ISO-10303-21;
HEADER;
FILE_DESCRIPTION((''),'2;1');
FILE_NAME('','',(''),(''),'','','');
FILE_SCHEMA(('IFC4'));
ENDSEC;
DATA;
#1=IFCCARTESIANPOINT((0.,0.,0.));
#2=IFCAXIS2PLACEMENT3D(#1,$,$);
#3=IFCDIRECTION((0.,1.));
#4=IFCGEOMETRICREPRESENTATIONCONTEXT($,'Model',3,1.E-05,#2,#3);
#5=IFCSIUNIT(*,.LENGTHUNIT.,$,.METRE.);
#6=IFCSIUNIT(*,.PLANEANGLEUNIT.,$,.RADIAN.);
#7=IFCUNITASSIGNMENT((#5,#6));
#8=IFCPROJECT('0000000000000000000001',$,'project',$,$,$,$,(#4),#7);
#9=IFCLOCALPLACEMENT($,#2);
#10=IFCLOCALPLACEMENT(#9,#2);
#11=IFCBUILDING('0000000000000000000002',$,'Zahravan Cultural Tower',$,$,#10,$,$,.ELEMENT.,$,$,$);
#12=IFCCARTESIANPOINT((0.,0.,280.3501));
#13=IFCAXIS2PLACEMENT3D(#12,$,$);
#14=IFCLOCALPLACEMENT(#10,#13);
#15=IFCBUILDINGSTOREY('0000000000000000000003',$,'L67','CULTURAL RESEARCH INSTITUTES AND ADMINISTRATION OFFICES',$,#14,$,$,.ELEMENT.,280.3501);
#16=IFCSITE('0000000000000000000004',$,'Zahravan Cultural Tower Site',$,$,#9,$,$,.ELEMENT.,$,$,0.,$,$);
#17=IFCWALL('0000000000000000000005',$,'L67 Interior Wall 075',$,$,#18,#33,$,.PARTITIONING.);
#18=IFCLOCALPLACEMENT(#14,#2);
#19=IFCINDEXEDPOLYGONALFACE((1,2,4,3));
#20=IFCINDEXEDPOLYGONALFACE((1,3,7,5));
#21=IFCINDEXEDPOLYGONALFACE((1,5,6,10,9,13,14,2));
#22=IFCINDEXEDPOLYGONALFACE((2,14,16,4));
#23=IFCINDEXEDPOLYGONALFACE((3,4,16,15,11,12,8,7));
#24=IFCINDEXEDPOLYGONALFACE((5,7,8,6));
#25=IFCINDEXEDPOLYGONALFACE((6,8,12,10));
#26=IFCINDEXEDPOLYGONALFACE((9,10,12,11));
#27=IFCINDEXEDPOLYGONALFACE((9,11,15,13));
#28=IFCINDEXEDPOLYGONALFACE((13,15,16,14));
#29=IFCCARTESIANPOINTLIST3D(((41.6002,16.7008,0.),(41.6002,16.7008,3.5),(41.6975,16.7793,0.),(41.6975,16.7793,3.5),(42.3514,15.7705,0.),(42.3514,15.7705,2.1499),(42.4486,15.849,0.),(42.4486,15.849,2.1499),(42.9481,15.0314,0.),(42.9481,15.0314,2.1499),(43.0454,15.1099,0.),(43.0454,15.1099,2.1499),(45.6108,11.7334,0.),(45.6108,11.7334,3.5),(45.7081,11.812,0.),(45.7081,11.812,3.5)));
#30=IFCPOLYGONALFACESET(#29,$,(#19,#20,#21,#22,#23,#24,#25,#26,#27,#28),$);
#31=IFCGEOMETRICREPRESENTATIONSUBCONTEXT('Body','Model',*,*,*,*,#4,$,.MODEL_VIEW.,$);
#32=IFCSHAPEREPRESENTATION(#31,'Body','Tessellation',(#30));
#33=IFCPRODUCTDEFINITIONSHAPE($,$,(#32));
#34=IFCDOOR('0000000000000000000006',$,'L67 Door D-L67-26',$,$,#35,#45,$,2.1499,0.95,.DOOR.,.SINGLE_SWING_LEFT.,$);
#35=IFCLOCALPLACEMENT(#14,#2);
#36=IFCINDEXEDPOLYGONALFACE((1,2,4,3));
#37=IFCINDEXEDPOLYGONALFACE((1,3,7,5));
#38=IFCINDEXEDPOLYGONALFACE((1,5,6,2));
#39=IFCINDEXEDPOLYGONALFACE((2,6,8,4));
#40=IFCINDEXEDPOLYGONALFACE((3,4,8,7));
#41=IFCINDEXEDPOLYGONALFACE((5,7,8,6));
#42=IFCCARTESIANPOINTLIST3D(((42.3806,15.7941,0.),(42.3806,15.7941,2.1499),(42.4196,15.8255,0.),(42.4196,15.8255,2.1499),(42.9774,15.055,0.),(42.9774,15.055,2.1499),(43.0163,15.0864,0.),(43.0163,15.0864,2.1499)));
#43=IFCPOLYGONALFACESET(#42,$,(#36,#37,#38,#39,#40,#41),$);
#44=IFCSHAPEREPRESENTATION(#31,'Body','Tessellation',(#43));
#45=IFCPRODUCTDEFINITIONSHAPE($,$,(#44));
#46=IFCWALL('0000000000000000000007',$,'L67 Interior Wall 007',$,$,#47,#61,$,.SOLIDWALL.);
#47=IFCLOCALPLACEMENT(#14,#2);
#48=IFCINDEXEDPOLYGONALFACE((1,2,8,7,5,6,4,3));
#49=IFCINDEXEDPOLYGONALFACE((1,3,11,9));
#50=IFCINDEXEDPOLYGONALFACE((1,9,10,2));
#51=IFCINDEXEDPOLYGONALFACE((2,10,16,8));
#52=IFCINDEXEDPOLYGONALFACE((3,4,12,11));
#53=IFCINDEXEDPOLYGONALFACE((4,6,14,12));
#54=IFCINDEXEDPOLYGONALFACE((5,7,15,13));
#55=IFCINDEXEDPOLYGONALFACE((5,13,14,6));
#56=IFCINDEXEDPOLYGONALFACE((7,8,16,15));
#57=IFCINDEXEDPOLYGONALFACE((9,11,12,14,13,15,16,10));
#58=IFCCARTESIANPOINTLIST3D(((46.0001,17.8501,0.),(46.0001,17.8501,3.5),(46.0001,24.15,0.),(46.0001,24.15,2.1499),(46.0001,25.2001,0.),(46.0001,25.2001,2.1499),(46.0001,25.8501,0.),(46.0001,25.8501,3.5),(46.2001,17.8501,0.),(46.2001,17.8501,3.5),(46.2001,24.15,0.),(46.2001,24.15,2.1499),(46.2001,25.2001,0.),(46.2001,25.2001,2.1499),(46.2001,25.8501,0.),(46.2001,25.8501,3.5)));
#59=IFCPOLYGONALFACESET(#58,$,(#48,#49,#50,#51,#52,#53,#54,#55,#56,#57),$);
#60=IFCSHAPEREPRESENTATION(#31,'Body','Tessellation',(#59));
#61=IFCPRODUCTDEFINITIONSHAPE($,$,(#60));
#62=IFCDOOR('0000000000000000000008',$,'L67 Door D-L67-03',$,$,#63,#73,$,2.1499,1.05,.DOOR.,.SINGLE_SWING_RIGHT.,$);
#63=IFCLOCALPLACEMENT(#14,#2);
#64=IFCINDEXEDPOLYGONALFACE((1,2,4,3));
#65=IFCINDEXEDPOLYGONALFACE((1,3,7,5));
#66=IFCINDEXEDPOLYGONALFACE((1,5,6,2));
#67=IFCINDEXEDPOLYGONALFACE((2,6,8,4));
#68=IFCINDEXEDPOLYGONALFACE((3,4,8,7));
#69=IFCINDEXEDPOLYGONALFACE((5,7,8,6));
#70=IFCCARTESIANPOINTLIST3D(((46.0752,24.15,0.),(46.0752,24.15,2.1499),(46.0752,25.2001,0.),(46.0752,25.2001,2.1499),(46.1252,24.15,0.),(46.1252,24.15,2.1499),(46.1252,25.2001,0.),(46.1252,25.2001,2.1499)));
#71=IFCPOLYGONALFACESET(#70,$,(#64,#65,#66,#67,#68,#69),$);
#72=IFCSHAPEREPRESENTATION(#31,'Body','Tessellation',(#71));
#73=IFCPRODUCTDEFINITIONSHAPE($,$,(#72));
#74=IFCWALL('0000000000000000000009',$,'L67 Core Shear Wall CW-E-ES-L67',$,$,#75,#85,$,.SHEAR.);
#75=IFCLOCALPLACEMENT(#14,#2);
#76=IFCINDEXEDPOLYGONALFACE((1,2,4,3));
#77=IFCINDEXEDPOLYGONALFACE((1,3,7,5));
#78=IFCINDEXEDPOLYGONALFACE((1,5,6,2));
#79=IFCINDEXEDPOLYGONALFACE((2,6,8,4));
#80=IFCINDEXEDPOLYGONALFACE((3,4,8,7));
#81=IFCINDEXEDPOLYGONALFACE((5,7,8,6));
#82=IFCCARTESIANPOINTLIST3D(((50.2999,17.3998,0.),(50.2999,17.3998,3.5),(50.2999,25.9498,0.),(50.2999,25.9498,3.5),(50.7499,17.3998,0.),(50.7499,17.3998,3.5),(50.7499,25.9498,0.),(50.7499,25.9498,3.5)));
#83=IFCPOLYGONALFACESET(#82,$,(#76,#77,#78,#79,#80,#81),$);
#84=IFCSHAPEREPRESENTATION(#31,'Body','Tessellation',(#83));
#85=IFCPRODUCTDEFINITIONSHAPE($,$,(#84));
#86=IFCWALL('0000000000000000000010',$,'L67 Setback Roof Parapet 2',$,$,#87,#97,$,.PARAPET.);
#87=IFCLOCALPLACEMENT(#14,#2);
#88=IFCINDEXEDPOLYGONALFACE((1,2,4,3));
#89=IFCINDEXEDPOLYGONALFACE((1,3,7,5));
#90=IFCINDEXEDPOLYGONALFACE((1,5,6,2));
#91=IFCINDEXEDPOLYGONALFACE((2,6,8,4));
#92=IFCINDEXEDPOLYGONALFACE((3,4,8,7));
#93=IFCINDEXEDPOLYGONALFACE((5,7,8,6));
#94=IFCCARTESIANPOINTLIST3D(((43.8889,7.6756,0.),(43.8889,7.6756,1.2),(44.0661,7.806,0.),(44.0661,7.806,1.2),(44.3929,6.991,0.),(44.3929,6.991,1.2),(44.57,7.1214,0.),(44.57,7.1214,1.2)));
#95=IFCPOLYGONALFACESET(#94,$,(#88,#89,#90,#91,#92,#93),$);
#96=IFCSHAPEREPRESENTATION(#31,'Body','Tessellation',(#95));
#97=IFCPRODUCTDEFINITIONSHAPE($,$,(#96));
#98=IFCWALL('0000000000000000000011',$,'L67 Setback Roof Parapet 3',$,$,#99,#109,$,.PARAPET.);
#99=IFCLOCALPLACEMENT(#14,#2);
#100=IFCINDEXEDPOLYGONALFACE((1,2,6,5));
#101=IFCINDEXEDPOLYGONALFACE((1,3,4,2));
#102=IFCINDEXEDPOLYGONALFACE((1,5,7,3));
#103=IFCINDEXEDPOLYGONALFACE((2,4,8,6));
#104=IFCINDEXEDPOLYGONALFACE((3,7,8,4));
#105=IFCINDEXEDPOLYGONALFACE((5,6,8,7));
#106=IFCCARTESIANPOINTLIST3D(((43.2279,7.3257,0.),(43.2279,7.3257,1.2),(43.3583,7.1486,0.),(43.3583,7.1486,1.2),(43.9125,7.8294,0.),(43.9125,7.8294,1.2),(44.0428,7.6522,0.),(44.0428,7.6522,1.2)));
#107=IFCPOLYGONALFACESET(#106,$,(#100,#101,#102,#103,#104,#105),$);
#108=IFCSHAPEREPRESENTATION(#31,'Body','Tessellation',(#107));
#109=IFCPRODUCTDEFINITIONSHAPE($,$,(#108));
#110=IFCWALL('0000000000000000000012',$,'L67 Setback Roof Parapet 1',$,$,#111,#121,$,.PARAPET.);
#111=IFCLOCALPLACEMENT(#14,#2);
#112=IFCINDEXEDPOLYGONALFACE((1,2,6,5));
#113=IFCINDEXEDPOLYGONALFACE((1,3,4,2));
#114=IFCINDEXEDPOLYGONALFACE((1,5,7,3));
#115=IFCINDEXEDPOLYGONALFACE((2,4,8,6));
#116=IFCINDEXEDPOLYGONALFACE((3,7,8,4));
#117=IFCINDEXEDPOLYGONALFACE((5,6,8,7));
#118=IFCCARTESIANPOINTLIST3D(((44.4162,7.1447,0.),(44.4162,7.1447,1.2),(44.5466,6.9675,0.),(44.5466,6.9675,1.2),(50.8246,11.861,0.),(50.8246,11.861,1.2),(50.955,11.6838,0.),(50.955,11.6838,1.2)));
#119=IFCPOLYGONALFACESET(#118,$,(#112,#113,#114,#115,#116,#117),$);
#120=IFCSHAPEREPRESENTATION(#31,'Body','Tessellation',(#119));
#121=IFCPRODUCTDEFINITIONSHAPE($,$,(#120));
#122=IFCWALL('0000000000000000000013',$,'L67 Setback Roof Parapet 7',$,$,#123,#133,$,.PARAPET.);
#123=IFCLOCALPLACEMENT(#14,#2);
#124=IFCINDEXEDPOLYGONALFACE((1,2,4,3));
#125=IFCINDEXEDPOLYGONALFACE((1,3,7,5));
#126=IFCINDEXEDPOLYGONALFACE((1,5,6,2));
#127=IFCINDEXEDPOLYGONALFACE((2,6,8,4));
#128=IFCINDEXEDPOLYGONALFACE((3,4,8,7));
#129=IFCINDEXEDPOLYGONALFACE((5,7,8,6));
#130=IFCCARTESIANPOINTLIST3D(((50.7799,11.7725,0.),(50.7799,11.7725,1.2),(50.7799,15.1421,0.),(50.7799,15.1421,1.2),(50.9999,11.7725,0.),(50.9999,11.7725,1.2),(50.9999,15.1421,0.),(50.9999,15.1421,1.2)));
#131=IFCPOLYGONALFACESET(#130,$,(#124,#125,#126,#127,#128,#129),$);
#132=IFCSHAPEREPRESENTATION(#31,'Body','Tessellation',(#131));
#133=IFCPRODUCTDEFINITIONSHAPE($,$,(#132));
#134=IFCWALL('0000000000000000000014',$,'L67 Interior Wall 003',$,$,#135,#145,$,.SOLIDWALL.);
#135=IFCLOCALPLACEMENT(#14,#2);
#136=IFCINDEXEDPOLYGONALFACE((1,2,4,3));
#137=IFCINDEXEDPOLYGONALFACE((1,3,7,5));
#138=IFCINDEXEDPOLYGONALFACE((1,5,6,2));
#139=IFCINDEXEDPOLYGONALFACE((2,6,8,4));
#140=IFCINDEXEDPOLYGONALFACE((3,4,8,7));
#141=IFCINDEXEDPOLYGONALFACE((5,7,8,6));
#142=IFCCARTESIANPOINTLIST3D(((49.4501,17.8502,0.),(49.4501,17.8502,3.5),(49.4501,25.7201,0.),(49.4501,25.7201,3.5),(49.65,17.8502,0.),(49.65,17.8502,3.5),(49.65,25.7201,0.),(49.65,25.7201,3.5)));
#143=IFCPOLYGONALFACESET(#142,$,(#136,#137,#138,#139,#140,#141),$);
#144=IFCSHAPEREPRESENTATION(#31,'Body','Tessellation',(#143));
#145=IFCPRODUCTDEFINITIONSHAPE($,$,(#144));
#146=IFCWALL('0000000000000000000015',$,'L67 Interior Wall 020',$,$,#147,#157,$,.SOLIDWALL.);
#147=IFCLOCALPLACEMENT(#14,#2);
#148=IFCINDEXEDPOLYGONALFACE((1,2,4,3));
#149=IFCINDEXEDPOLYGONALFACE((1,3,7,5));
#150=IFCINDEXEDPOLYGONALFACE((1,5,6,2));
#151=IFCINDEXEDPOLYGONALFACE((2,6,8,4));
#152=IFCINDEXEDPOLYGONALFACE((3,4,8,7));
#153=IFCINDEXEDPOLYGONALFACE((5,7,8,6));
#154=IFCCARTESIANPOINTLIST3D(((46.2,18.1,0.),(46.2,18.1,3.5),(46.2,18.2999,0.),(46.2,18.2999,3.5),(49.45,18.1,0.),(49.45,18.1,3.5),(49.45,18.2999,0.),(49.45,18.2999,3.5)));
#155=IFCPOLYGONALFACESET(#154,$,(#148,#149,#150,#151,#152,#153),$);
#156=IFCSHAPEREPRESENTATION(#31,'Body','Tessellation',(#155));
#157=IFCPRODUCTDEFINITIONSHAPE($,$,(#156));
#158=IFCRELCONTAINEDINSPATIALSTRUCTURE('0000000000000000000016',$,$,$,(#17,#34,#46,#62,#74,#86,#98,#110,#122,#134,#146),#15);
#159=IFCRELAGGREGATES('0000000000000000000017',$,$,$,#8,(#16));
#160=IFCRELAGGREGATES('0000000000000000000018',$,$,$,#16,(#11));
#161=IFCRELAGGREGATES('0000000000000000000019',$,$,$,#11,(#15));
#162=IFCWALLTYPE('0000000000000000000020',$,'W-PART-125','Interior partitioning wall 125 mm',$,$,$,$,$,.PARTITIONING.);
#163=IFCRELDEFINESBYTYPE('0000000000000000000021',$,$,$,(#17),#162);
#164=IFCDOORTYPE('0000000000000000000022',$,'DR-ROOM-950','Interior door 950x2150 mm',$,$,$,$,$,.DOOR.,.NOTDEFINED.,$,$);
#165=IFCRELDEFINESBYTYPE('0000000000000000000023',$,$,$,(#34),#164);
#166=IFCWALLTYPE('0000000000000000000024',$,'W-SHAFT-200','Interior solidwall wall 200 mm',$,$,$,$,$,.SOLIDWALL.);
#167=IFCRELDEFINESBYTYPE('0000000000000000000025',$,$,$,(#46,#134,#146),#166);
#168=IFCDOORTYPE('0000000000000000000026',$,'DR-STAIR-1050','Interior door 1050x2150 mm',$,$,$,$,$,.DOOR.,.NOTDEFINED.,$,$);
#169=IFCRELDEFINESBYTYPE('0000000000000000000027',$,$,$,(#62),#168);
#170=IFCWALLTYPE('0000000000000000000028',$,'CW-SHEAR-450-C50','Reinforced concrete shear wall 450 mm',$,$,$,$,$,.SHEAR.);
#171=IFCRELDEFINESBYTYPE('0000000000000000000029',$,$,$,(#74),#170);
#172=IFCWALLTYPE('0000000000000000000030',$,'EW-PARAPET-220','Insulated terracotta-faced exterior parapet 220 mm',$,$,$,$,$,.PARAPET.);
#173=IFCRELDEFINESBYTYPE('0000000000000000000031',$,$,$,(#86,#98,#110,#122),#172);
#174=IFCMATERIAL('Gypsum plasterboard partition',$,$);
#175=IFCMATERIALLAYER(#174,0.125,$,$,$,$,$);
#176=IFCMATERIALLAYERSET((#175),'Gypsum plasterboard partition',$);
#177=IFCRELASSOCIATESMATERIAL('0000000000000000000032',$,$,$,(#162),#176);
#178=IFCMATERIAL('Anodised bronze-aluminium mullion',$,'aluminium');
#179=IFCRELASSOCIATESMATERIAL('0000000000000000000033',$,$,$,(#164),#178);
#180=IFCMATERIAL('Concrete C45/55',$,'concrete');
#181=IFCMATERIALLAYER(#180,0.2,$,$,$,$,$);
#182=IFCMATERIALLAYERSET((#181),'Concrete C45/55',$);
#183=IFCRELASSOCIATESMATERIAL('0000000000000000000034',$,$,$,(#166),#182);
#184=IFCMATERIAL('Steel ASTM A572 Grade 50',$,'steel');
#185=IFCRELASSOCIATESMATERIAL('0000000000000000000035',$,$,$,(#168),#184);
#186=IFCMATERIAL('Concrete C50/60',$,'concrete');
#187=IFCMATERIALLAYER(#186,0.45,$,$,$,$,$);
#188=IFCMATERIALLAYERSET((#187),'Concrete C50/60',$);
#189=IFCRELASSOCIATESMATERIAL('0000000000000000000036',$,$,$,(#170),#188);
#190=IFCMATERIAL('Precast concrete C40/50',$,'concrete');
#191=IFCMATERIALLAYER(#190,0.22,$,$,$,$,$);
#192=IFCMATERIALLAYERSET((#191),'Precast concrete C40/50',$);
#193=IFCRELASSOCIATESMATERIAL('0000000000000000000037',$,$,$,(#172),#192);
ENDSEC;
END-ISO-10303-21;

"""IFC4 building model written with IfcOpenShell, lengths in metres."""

from ifc_helpers import new_model, si_unit, direction, frame, frame_2d, origin, place, context, subcontext, project, spatial, rectangle, extrude, source, transform, mapped, material, layer, layer_set, type_object, element, fill, save


model = new_model("IFC4")

# Units and contexts
model_context = context("Model", 3, precision=1e-05, world=origin(), true_north=direction((0.0, 1.0)))
body_context = subcontext(model_context, "Body", "Model", "MODEL_VIEW")
ifc_project = project(units=[si_unit("LENGTHUNIT", "METRE"), si_unit("PLANEANGLEUNIT", "RADIAN")], contexts=[model_context])

# Site, building, storey
site_placement = place(None, origin())
site = spatial("IfcSite", under=ifc_project, at=site_placement, Name="Zahravan Cultural Tower Site", CompositionType="ELEMENT", RefElevation=0.0)
building_placement = place(site_placement, origin())
building = spatial("IfcBuilding", under=site, at=building_placement, Name="Zahravan Cultural Tower", CompositionType="ELEMENT")
storey_placement = place(building_placement, frame((0.0, 0.0, 280.3501)))
storey = spatial("IfcBuildingStorey", under=building, at=storey_placement, Name="L67", Description="CULTURAL RESEARCH INSTITUTES AND ADMINISTRATION OFFICES", CompositionType="ELEMENT", Elevation=280.3501)

# Shared definitions
ifc_material_1 = material(Name="Concrete C50/60", Category="concrete")

# Shared definitions
ifc_material_2 = material(Name="Precast concrete C40/50", Category="concrete")

# Walls, openings, doors
ifc_material_3 = material(Name="Gypsum plasterboard partition")
ifc_layer_1 = layer(ifc_material_3, 0.125)
ifc_layer_set_1 = layer_set([ifc_layer_1], Name="Gypsum plasterboard partition")
wall_type_1 = type_object("IfcWallType", Name="W-PART-125", Description="Interior partitioning wall 125 mm", PredefinedType="PARTITIONING", material=ifc_layer_set_1)
wall_1_placement = place(storey_placement, frame((45.6594, 11.7727, 0.0), z_axis=(0.0, 0.0, 1.0), x_axis=(-0.628191, 0.778059, 0.0)))
wall_1 = element("IfcWall", 1, at=wall_1_placement, inside=storey, type_object=wall_type_1, Name="L67 Interior Wall 075", PredefinedType="PARTITIONING", context=body_context, shape_type="SweptSolid", body=[
    extrude(rectangle(XDim=6.3843, YDim=0.125, at=frame_2d((3.1921, 0.0))), origin(), (0.0, 0.0, 1.0), 3.5),
])
opening_1_placement = place(wall_1_placement, frame((4.2385, 0.0, 0.0)))
opening_1 = element("IfcOpeningElement", 2, at=opening_1_placement, cuts=wall_1, PredefinedType="OPENING", context=body_context, shape_type="SweptSolid", body=[
    extrude(rectangle(XDim=0.95, YDim=2.1499, at=frame_2d((0.4751, 1.075))), frame((0.0, 0.0725, 0.0), z_axis=(0.0, -1.0, 0.0), x_axis=(1.0, 0.0, 0.0)), (0.0, 0.0, 1.0), 0.145),
])
ifc_material_4 = material(Name="Anodised bronze-aluminium mullion", Category="aluminium")
door_type_1 = type_object("IfcDoorType", Name="DR-ROOM-950", Description="Interior door 950x2150 mm", OperationType="NOTDEFINED", PredefinedType="DOOR", material=ifc_material_4)
shared_shape_1 = source(origin(), body_context, "Body", "SweptSolid", [
    extrude(rectangle(XDim=0.95, YDim=2.1499, at=frame_2d((0.4751, 1.075))), frame((0.0, 0.0249, 0.0), z_axis=(0.0, -1.0, 0.0), x_axis=(1.0, 0.0, 0.0)), (0.0, 0.0, 1.0), 0.05),
])
door_1_placement = place(opening_1_placement, origin())
door_1 = element("IfcDoor", 3, at=door_1_placement, inside=storey, type_object=door_type_1, Name="L67 Door D-L67-26", OperationType="SINGLE_SWING_LEFT", OverallHeight=2.1499, OverallWidth=0.95, PredefinedType="DOOR", context=body_context, shape_type="MappedRepresentation", body=[
    mapped(shared_shape_1, transform((0.0, 0.0, 0.0), x_axis=(1.0, 0.0, 0.0), y_axis=(0.0, 1.0, 0.0), z_axis=(0.0, 0.0, 1.0), scale=1.0)),
])
fill(opening_1, door_1)
ifc_material_5 = material(Name="Concrete C45/55", Category="concrete")
ifc_layer_2 = layer(ifc_material_5, 0.2)
ifc_layer_set_2 = layer_set([ifc_layer_2], Name="Concrete C45/55")
wall_type_2 = type_object("IfcWallType", Name="W-SHAFT-200", Description="Interior solidwall wall 200 mm", PredefinedType="SOLIDWALL", material=ifc_layer_set_2)
wall_2_placement = place(storey_placement, frame((46.1001, 17.8501, 0.0), z_axis=(0.0, 0.0, 1.0), x_axis=(0.0, 1.0, 0.0)))
wall_2 = element("IfcWall", 4, at=wall_2_placement, inside=storey, type_object=wall_type_2, Name="L67 Interior Wall 007", PredefinedType="SOLIDWALL", context=body_context, shape_type="SweptSolid", body=[
    extrude(rectangle(XDim=8.0, YDim=0.2, at=frame_2d((4.0, 0.0))), origin(), (0.0, 0.0, 1.0), 3.5),
])
opening_2_placement = place(wall_2_placement, frame((6.3, 0.0, 0.0)))
opening_2 = element("IfcOpeningElement", 5, at=opening_2_placement, cuts=wall_2, PredefinedType="OPENING", context=body_context, shape_type="SweptSolid", body=[
    extrude(rectangle(XDim=1.05, YDim=2.1499, at=frame_2d((0.5249, 1.075))), frame((0.0, 0.1099, 0.0), z_axis=(0.0, -1.0, 0.0), x_axis=(1.0, 0.0, 0.0)), (0.0, 0.0, 1.0), 0.22),
])
ifc_material_6 = material(Name="Steel ASTM A572 Grade 50", Category="steel")
door_type_2 = type_object("IfcDoorType", Name="DR-STAIR-1050", Description="Interior door 1050x2150 mm", OperationType="NOTDEFINED", PredefinedType="DOOR", material=ifc_material_6)
shared_shape_2 = source(origin(), body_context, "Body", "SweptSolid", [
    extrude(rectangle(XDim=1.05, YDim=2.1499, at=frame_2d((0.5249, 1.075))), frame((0.0, 0.0249, 0.0), z_axis=(0.0, -1.0, 0.0), x_axis=(1.0, 0.0, 0.0)), (0.0, 0.0, 1.0), 0.05),
])
door_2_placement = place(opening_2_placement, origin())
door_2 = element("IfcDoor", 6, at=door_2_placement, inside=storey, type_object=door_type_2, Name="L67 Door D-L67-03", OperationType="SINGLE_SWING_RIGHT", OverallHeight=2.1499, OverallWidth=1.05, PredefinedType="DOOR", context=body_context, shape_type="MappedRepresentation", body=[
    mapped(shared_shape_2, transform((0.0, 0.0, 0.0), x_axis=(1.0, 0.0, 0.0), y_axis=(0.0, 1.0, 0.0), z_axis=(0.0, 0.0, 1.0), scale=1.0)),
])
fill(opening_2, door_2)

# Walls
ifc_layer_3 = layer(ifc_material_1, 0.45)
ifc_layer_set_3 = layer_set([ifc_layer_3], Name="Concrete C50/60")
wall_type_3 = type_object("IfcWallType", Name="CW-SHEAR-450-C50", Description="Reinforced concrete shear wall 450 mm", PredefinedType="SHEAR", material=ifc_layer_set_3)
shared_shape_3 = source(origin(), body_context, "Body", "SweptSolid", [
    extrude(rectangle(XDim=8.55, YDim=0.45, at=frame_2d((4.2749, 0.0))), origin(), (0.0, 0.0, 1.0), 3.5),
])
wall_3_placement = place(storey_placement, frame((50.5249, 17.3999, 0.0), z_axis=(0.0, 0.0, 1.0), x_axis=(0.0, 1.0, 0.0)))
element("IfcWall", 7, at=wall_3_placement, inside=storey, type_object=wall_type_3, Name="L67 Core Shear Wall CW-E-ES-L67", PredefinedType="SHEAR", context=body_context, shape_type="MappedRepresentation", body=[
    mapped(shared_shape_3, transform((0.0, 0.0, 0.0), x_axis=(1.0, 0.0, 0.0), y_axis=(0.0, 1.0, 0.0), z_axis=(0.0, 0.0, 1.0), scale=1.0)),
])
ifc_layer_4 = layer(ifc_material_2, 0.22)
ifc_layer_set_4 = layer_set([ifc_layer_4], Name="Precast concrete C40/50")
wall_type_4 = type_object("IfcWallType", Name="EW-PARAPET-220", Description="Insulated terracotta-faced exterior parapet 220 mm", PredefinedType="PARAPET", material=ifc_layer_set_4)
shared_shape_4 = source(origin(), body_context, "Body", "SweptSolid", [
    extrude(rectangle(XDim=0.8501, YDim=0.22, at=frame_2d((0.425, 0.0))), origin(), (0.0, 0.0, 1.0), 1.2),
])
wall_4_placement = place(storey_placement, frame((44.4814, 7.0562, 0.0), z_axis=(0.0, 0.0, 1.0), x_axis=(-0.592807, 0.805345, 0.0)))
element("IfcWall", 8, at=wall_4_placement, inside=storey, type_object=wall_type_4, Name="L67 Setback Roof Parapet 2", PredefinedType="PARAPET", context=body_context, shape_type="MappedRepresentation", body=[
    mapped(shared_shape_4, transform((0.0, 0.0, 0.0), x_axis=(1.0, 0.0, 0.0), y_axis=(0.0, 1.0, 0.0), z_axis=(0.0, 0.0, 1.0), scale=1.0)),
])
shared_shape_5 = source(origin(), body_context, "Body", "SweptSolid", [
    extrude(rectangle(XDim=0.8499, YDim=0.22, at=frame_2d((0.4248, 0.0))), origin(), (0.0, 0.0, 1.0), 1.2),
])
wall_5_placement = place(storey_placement, frame((43.9775, 7.7407, 0.0), z_axis=(0.0, 0.0, 1.0), x_axis=(-0.805482, -0.592621, 0.0)))
element("IfcWall", 9, at=wall_5_placement, inside=storey, type_object=wall_type_4, Name="L67 Setback Roof Parapet 3", PredefinedType="PARAPET", context=body_context, shape_type="MappedRepresentation", body=[
    mapped(shared_shape_5, transform((0.0, 0.0, 0.0), x_axis=(1.0, 0.0, 0.0), y_axis=(0.0, 1.0, 0.0), z_axis=(0.0, 0.0, 1.0), scale=1.0)),
])
shared_shape_6 = source(origin(), body_context, "Body", "SweptSolid", [
    extrude(rectangle(XDim=7.9568, YDim=0.22, at=frame_2d((3.9785, 0.0))), origin(), (0.0, 0.0, 1.0), 1.2),
])
wall_6_placement = place(storey_placement, frame((50.8899, 11.7725, 0.0), z_axis=(0.0, 0.0, 1.0), x_axis=(-0.805398, -0.592734, 0.0)))
element("IfcWall", 10, at=wall_6_placement, inside=storey, type_object=wall_type_4, Name="L67 Setback Roof Parapet 1", PredefinedType="PARAPET", context=body_context, shape_type="MappedRepresentation", body=[
    mapped(shared_shape_6, transform((0.0, 0.0, 0.0), x_axis=(1.0, 0.0, 0.0), y_axis=(0.0, 1.0, 0.0), z_axis=(0.0, 0.0, 1.0), scale=1.0)),
])
shared_shape_7 = source(origin(), body_context, "Body", "SweptSolid", [
    extrude(rectangle(XDim=3.3696, YDim=0.22, at=frame_2d((1.6848, 0.0))), origin(), (0.0, 0.0, 1.0), 1.2),
])
wall_7_placement = place(storey_placement, frame((50.8899, 15.1421, 0.0), z_axis=(0.0, 0.0, 1.0), x_axis=(0.0, -1.0, 0.0)))
element("IfcWall", 11, at=wall_7_placement, inside=storey, type_object=wall_type_4, Name="L67 Setback Roof Parapet 7", PredefinedType="PARAPET", context=body_context, shape_type="MappedRepresentation", body=[
    mapped(shared_shape_7, transform((0.0, 0.0, 0.0), x_axis=(1.0, 0.0, 0.0), y_axis=(0.0, 1.0, 0.0), z_axis=(0.0, 0.0, 1.0), scale=1.0)),
])
shared_shape_8 = source(origin(), body_context, "Body", "SweptSolid", [
    extrude(rectangle(XDim=7.8699, YDim=0.2, at=frame_2d((3.9351, 0.0))), origin(), (0.0, 0.0, 1.0), 3.5),
])
wall_8_placement = place(storey_placement, frame((49.55, 17.8501, 0.0), z_axis=(0.0, 0.0, 1.0), x_axis=(0.0, 1.0, 0.0)))
element("IfcWall", 12, at=wall_8_placement, inside=storey, type_object=wall_type_2, Name="L67 Interior Wall 003", PredefinedType="SOLIDWALL", context=body_context, shape_type="MappedRepresentation", body=[
    mapped(shared_shape_8, transform((0.0, 0.0, 0.0), x_axis=(1.0, 0.0, 0.0), y_axis=(0.0, 1.0, 0.0), z_axis=(0.0, 0.0, 1.0), scale=1.0)),
])
shared_shape_9 = source(origin(), body_context, "Body", "SweptSolid", [
    extrude(rectangle(XDim=3.25, YDim=0.2, at=frame_2d((1.625, 0.0))), origin(), (0.0, 0.0, 1.0), 3.5),
])
wall_9_placement = place(storey_placement, frame((46.2, 18.2, 0.0), z_axis=(0.0, 0.0, 1.0), x_axis=(1.0, 0.0, 0.0)))
element("IfcWall", 13, at=wall_9_placement, inside=storey, type_object=wall_type_2, Name="L67 Interior Wall 020", PredefinedType="SOLIDWALL", context=body_context, shape_type="MappedRepresentation", body=[
    mapped(shared_shape_9, transform((0.0, 0.0, 0.0), x_axis=(1.0, 0.0, 0.0), y_axis=(0.0, 1.0, 0.0), z_axis=(0.0, 0.0, 1.0), scale=1.0)),
])

save(model, "model.ifc")
